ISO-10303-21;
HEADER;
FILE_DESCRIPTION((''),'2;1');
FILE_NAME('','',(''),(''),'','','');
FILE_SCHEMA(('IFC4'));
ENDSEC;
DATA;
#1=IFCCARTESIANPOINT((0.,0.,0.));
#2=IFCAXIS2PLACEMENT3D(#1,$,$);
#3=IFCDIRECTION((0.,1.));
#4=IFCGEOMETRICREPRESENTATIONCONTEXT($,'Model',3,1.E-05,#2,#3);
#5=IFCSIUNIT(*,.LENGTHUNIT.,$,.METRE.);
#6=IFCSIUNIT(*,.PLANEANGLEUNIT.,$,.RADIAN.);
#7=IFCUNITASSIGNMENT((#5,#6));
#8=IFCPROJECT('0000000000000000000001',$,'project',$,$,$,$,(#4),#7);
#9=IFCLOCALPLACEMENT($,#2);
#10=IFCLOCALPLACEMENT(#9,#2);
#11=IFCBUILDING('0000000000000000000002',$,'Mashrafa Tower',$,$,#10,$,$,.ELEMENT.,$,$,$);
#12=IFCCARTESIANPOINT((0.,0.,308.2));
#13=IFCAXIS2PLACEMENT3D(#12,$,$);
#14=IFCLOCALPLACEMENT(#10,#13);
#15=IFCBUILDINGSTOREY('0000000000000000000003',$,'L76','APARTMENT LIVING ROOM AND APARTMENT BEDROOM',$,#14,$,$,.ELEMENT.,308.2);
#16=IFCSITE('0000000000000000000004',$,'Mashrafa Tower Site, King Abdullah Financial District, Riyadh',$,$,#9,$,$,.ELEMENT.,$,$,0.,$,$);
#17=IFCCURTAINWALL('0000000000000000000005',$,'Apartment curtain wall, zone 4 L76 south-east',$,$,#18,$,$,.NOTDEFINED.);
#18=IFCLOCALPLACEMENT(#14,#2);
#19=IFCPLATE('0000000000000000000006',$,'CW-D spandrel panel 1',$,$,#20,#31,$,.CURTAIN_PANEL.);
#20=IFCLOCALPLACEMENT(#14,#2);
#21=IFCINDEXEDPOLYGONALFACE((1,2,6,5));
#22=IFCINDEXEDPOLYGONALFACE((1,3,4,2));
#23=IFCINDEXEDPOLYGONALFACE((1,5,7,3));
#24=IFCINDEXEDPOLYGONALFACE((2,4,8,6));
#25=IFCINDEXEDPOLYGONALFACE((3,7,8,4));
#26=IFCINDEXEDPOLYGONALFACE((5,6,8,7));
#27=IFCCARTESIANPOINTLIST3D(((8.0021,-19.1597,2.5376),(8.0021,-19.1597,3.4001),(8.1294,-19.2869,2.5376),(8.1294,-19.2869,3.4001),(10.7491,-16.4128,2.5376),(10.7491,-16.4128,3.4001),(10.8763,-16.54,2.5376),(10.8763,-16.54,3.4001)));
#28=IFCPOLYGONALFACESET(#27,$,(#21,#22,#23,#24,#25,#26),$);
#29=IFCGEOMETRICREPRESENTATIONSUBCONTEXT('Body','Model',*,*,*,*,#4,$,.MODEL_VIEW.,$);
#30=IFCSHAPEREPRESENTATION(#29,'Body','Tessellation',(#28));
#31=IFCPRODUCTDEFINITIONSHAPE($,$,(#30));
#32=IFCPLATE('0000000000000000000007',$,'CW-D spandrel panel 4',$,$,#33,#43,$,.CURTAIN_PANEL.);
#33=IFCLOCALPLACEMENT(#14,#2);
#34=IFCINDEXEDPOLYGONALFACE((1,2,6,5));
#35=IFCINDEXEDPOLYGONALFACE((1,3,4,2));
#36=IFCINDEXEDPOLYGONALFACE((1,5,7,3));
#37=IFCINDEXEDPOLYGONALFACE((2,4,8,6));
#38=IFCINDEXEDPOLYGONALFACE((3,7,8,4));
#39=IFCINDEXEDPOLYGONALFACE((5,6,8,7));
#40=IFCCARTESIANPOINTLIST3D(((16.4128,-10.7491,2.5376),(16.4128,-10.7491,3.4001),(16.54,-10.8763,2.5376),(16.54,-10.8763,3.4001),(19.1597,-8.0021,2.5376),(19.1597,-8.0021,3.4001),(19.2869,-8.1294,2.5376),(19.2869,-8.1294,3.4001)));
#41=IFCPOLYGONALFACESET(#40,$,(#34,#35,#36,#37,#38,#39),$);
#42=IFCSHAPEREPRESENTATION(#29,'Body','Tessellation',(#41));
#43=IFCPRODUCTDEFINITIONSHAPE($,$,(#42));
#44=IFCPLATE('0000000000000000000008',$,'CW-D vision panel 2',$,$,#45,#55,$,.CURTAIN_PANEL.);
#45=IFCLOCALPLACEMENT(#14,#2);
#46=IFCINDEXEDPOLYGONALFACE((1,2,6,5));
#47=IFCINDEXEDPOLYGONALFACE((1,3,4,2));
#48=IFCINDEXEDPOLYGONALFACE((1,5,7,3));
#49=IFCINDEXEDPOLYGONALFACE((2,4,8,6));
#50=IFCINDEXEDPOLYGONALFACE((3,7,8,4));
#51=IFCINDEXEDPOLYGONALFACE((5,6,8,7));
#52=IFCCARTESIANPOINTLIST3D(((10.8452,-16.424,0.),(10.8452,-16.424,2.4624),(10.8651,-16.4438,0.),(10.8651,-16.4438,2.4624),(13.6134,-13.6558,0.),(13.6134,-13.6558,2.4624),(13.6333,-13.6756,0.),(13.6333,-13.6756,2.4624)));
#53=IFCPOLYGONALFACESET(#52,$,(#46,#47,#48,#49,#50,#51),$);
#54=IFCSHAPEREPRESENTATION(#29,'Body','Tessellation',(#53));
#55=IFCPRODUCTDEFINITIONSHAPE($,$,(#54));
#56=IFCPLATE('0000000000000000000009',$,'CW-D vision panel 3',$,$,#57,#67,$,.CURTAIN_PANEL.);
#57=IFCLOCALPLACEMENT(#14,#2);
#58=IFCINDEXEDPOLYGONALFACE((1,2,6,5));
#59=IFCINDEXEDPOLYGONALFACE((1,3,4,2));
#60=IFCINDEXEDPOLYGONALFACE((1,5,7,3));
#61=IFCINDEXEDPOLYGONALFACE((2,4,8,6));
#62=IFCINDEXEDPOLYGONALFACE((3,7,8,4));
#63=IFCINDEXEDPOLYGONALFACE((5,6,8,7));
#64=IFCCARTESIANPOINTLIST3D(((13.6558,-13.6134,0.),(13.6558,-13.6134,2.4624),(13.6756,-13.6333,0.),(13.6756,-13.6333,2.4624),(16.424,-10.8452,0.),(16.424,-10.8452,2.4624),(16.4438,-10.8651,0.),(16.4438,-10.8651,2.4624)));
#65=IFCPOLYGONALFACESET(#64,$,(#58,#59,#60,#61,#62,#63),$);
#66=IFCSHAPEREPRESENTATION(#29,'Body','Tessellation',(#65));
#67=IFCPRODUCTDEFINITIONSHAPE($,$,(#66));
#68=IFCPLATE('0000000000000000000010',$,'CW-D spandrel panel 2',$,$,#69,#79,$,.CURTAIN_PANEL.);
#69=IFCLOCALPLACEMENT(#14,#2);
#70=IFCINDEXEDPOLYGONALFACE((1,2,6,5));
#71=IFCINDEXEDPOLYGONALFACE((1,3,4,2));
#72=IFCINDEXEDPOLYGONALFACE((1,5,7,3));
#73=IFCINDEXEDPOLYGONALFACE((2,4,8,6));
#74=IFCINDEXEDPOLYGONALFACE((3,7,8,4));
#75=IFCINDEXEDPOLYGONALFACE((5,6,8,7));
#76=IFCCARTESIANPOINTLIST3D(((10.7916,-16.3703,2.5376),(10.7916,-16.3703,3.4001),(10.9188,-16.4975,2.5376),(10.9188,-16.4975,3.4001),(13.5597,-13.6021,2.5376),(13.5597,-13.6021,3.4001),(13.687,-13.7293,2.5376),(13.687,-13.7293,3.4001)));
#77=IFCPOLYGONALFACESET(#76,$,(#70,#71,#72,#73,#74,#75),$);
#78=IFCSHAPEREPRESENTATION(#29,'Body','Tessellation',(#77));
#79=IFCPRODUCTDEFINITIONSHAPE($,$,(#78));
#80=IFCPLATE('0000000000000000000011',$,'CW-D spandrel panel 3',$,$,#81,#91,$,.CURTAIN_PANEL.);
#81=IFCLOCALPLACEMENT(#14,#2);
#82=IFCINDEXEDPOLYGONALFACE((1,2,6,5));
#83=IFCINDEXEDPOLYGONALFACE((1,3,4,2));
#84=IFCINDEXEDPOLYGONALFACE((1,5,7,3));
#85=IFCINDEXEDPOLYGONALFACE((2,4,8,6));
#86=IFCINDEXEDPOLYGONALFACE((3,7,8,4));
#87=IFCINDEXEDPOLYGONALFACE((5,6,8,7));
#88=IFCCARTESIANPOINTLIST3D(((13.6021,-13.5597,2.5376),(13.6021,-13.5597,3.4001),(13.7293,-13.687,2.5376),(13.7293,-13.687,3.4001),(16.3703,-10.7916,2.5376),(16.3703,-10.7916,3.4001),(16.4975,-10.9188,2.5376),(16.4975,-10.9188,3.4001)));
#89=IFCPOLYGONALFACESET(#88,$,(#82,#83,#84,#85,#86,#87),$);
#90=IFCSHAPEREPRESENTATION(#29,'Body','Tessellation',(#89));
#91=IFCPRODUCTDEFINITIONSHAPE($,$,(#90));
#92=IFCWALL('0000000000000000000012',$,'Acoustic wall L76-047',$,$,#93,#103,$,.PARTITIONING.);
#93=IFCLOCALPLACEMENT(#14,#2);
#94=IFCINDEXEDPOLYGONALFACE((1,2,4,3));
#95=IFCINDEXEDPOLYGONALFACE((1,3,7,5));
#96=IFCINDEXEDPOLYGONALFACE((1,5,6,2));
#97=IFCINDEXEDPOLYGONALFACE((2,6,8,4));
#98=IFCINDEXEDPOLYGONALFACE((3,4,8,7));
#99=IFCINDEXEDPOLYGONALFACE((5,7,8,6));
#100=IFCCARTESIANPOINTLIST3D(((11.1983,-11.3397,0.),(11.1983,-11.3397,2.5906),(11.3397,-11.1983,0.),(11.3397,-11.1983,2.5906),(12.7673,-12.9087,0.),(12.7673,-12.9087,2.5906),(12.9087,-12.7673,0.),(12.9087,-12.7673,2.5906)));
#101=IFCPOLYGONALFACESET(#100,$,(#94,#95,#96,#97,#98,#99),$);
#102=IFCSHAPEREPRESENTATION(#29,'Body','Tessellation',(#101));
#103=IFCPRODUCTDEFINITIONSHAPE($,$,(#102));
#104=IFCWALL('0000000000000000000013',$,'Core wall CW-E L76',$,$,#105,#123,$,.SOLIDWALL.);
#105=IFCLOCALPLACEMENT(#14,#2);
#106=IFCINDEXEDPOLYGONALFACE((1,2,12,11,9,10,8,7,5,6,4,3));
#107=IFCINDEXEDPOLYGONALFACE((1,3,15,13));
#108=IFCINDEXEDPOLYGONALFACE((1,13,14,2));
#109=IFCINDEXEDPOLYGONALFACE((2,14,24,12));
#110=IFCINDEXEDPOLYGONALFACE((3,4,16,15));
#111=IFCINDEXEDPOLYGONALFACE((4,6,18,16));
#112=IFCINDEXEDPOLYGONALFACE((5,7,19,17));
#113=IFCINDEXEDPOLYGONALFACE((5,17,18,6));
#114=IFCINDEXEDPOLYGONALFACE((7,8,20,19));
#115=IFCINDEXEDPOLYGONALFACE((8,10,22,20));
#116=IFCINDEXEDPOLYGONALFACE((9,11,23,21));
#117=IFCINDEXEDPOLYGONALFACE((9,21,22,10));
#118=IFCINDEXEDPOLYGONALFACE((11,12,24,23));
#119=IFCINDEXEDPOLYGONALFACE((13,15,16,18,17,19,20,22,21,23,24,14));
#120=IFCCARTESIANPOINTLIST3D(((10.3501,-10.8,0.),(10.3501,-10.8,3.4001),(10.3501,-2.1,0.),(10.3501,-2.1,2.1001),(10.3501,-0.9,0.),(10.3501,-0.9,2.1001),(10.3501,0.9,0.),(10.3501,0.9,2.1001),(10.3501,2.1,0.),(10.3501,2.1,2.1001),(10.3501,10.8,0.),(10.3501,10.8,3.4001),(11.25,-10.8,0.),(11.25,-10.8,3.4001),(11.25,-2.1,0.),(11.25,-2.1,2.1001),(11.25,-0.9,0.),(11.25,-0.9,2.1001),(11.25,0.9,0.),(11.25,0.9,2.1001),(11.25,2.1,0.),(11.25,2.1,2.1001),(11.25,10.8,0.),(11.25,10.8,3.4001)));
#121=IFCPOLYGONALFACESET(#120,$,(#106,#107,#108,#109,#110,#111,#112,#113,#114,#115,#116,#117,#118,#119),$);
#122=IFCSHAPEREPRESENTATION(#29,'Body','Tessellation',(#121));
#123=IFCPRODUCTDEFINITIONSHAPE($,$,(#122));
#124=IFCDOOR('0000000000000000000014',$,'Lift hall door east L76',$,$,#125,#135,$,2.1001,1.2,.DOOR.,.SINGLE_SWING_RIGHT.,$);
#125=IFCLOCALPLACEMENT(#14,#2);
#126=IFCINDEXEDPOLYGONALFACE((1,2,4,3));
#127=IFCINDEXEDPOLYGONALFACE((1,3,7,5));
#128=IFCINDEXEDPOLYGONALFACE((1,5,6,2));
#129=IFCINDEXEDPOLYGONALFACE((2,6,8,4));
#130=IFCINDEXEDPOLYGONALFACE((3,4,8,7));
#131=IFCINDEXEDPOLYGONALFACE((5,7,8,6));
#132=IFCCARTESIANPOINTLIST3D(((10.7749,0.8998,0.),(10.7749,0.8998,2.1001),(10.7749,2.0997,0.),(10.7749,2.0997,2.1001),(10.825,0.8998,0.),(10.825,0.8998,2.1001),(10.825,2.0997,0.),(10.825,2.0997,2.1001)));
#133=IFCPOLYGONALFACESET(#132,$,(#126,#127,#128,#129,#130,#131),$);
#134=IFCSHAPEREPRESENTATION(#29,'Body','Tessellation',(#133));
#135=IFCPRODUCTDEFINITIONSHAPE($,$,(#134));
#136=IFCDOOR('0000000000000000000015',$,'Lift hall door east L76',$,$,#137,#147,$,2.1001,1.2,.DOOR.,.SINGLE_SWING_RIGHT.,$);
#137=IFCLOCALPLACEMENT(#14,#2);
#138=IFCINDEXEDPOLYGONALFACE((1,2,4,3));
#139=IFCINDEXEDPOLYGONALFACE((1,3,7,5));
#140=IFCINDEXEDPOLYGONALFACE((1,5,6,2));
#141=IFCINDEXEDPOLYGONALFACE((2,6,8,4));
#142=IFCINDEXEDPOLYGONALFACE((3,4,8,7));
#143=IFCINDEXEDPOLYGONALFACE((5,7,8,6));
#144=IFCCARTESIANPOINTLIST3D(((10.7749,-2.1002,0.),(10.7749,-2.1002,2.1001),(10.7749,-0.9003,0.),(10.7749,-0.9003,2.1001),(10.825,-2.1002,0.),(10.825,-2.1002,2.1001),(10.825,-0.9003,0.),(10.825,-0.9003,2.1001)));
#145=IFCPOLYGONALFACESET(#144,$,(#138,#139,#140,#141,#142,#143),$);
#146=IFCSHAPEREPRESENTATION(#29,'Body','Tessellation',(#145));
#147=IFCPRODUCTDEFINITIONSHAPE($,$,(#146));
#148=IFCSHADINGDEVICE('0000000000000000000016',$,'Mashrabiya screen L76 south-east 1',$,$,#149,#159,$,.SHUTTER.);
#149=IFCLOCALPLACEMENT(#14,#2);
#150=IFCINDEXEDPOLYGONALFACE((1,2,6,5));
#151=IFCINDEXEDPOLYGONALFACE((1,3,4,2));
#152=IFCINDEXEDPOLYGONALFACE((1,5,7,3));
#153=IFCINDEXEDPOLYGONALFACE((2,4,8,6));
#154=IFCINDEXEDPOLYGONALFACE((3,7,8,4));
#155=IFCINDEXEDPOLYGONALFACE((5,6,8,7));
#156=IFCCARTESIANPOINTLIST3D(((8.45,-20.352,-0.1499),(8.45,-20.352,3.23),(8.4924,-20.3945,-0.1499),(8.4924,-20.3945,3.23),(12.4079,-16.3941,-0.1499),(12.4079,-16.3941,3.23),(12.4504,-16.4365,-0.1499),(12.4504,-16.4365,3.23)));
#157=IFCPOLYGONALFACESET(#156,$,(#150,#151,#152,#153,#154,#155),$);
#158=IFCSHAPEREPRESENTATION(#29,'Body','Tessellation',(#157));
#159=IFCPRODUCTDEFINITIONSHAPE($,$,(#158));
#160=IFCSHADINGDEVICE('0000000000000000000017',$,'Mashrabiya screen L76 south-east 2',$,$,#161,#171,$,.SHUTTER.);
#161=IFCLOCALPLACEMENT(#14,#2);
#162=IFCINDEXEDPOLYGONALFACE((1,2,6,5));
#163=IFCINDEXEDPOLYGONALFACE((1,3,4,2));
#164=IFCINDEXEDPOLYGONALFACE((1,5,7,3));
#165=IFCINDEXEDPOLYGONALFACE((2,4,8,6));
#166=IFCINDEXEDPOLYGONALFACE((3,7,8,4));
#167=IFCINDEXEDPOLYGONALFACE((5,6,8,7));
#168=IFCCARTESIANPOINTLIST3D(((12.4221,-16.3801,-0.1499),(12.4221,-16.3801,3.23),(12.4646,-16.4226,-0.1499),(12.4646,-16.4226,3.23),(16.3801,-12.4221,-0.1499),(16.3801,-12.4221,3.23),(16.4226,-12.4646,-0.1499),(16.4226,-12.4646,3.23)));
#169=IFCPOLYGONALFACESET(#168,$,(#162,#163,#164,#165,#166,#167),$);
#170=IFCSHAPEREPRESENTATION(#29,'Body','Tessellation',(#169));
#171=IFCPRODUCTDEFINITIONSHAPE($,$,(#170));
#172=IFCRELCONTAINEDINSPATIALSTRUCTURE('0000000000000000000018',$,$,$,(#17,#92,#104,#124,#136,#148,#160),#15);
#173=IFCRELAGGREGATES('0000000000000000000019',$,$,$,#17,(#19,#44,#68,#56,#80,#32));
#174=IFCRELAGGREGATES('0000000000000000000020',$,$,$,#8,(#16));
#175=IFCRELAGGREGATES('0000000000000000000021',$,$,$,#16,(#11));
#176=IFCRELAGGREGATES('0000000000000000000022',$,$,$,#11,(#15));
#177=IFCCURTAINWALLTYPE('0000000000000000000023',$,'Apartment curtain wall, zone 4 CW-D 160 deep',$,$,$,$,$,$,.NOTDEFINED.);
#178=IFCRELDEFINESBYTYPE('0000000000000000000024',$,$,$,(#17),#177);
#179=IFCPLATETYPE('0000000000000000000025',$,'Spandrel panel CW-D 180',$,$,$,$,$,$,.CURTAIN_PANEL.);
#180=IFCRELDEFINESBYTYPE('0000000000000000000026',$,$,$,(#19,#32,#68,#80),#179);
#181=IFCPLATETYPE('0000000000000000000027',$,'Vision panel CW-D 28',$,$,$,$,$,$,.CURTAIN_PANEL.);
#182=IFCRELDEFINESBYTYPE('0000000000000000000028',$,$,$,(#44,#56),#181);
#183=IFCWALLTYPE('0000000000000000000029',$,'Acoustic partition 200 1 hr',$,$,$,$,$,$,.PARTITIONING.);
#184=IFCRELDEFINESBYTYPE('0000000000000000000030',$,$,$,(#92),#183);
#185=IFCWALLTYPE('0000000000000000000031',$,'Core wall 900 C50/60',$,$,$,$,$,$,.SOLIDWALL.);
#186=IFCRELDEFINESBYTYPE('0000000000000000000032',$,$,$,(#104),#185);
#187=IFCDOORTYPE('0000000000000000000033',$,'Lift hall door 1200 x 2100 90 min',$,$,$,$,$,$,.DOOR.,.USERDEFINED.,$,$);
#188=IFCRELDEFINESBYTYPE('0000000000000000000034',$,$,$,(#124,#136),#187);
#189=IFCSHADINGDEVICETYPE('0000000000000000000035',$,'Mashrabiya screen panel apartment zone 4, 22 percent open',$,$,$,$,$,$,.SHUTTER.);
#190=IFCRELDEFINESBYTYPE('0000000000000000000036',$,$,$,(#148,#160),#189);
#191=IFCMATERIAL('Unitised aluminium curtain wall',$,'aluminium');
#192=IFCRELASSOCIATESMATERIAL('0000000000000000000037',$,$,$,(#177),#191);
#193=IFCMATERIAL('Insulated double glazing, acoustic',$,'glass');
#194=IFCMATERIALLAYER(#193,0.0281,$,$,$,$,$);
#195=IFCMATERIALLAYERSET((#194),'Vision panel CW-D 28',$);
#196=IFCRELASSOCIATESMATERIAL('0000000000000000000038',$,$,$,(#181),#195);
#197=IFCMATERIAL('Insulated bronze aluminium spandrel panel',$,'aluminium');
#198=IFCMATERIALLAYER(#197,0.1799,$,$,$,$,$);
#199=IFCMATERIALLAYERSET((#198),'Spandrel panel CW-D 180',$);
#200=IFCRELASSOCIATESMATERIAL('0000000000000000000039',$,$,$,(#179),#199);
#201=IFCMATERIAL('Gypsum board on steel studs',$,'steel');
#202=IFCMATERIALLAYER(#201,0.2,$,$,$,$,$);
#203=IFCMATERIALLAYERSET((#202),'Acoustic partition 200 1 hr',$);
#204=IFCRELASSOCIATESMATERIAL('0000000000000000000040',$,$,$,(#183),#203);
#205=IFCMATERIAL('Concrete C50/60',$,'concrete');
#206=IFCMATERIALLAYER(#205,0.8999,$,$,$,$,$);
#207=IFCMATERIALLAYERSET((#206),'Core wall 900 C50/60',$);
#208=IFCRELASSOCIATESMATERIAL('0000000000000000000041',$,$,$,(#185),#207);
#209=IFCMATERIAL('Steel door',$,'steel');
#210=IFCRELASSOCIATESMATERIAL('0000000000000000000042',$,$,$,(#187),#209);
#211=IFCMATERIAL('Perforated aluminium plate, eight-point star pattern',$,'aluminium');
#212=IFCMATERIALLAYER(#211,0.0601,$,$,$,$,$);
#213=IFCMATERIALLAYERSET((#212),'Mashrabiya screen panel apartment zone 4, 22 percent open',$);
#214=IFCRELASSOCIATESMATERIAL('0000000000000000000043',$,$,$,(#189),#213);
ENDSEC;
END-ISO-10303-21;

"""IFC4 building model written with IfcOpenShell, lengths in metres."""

from ifc_helpers import new_model, si_unit, direction, frame, frame_2d, origin, origin_2d, place, context, subcontext, project, spatial, rectangle, extrude, source, transform, mapped, material, layer, layer_set, type_object, type_shapes, element, fill, aggregate, save


model = new_model("IFC4")

# Units and contexts
model_context = context("Model", 3, precision=1e-05, world=origin(), true_north=direction((0.0, 1.0)))
body_context = subcontext(model_context, "Body", "Model", "MODEL_VIEW")
ifc_project = project(units=[si_unit("LENGTHUNIT", "METRE"), si_unit("PLANEANGLEUNIT", "RADIAN")], contexts=[model_context])

# Site, building, storey
site_placement = place(None, origin())
site = spatial("IfcSite", under=ifc_project, at=site_placement, Name="Mashrafa Tower Site, King Abdullah Financial District, Riyadh", CompositionType="ELEMENT", RefElevation=0.0)
building_placement = place(site_placement, origin())
building = spatial("IfcBuilding", under=site, at=building_placement, Name="Mashrafa Tower", CompositionType="ELEMENT")
storey_placement = place(building_placement, frame((0.0, 0.0, 308.2)))
storey = spatial("IfcBuildingStorey", under=building, at=storey_placement, Name="L76", Description="APARTMENT LIVING ROOM AND APARTMENT BEDROOM", CompositionType="ELEMENT", Elevation=308.2)

# Curtain wall, plates
ifc_material_1 = material(Name="Unitised aluminium curtain wall", Category="aluminium")
curtain_wall_type = type_object("IfcCurtainWallType", Name="Apartment curtain wall, zone 4 CW-D 160 deep", PredefinedType="NOTDEFINED", material=ifc_material_1)
curtain_wall_placement = place(storey_placement, origin())
curtain_wall = element("IfcCurtainWall", 1, at=curtain_wall_placement, inside=storey, type_object=curtain_wall_type, Name="Apartment curtain wall, zone 4 L76 south-east", PredefinedType="NOTDEFINED")
ifc_material_2 = material(Name="Insulated double glazing, acoustic", Category="glass")
ifc_layer_1 = layer(ifc_material_2, 0.0281)
ifc_layer_set_1 = layer_set([ifc_layer_1], Name="Vision panel CW-D 28")
plate_type_1 = type_object("IfcPlateType", Name="Vision panel CW-D 28", PredefinedType="CURTAIN_PANEL", material=ifc_layer_set_1)
ifc_material_3 = material(Name="Insulated bronze aluminium spandrel panel", Category="aluminium")
ifc_layer_2 = layer(ifc_material_3, 0.1799)
ifc_layer_set_2 = layer_set([ifc_layer_2], Name="Spandrel panel CW-D 180")
plate_type_2 = type_object("IfcPlateType", Name="Spandrel panel CW-D 180", PredefinedType="CURTAIN_PANEL", material=ifc_layer_set_2)
shared_shape_1 = source(origin(), body_context, "Body", "SweptSolid", [
    extrude(rectangle(XDim=3.8848, YDim=0.1799, at=origin_2d()), origin(), (0.0, 0.0, 1.0), 0.8625),
])
plate_1_placement = place(storey_placement, frame((9.4392, -17.8499, 2.5376), z_axis=(0.0, 0.0, 1.0), x_axis=(0.707107, 0.707107, 0.0)))
plate_1 = element("IfcPlate", 2, at=plate_1_placement, type_object=plate_type_2, Name="CW-D spandrel panel 1", PredefinedType="CURTAIN_PANEL", context=body_context, shape_type="MappedRepresentation", body=[
    mapped(shared_shape_1, transform((0.0, 0.0, 0.0))),
])
plate_2_placement = place(storey_placement, frame((17.8499, -9.4392, 2.5376), z_axis=(0.0, 0.0, 1.0), x_axis=(0.707107, 0.707107, 0.0)))
plate_2 = element("IfcPlate", 3, at=plate_2_placement, type_object=plate_type_2, Name="CW-D spandrel panel 4", PredefinedType="CURTAIN_PANEL", context=body_context, shape_type="MappedRepresentation", body=[
    mapped(shared_shape_1, transform((0.0, 0.0, 0.0))),
])
shared_shape_2 = source(origin(), body_context, "Body", "SweptSolid", [
    extrude(rectangle(XDim=3.9148, YDim=0.0281, at=origin_2d()), origin(), (0.0, 0.0, 1.0), 2.4624),
])
plate_3_placement = place(storey_placement, frame((12.2393, -15.0498, 0.0), z_axis=(0.0, 0.0, 1.0), x_axis=(0.707107, 0.707107, 0.0)))
plate_3 = element("IfcPlate", 4, at=plate_3_placement, type_object=plate_type_1, Name="CW-D vision panel 2", PredefinedType="CURTAIN_PANEL", context=body_context, shape_type="MappedRepresentation", body=[
    mapped(shared_shape_2, transform((0.0, 0.0, 0.0))),
])
plate_4_placement = place(storey_placement, frame((15.0498, -12.2393, 0.0), z_axis=(0.0, 0.0, 1.0), x_axis=(0.707107, 0.707107, 0.0)))
plate_4 = element("IfcPlate", 5, at=plate_4_placement, type_object=plate_type_1, Name="CW-D vision panel 3", PredefinedType="CURTAIN_PANEL", context=body_context, shape_type="MappedRepresentation", body=[
    mapped(shared_shape_2, transform((0.0, 0.0, 0.0))),
])
shared_shape_3 = source(origin(), body_context, "Body", "SweptSolid", [
    extrude(rectangle(XDim=3.9148, YDim=0.1799, at=origin_2d()), origin(), (0.0, 0.0, 1.0), 0.8625),
])
type_shapes(plate_type_2, [shared_shape_1, shared_shape_3])
plate_5_placement = place(storey_placement, frame((12.2393, -15.0498, 2.5376), z_axis=(0.0, 0.0, 1.0), x_axis=(0.707107, 0.707107, 0.0)))
plate_5 = element("IfcPlate", 6, at=plate_5_placement, type_object=plate_type_2, Name="CW-D spandrel panel 2", PredefinedType="CURTAIN_PANEL", context=body_context, shape_type="MappedRepresentation", body=[
    mapped(shared_shape_3, transform((0.0, 0.0, 0.0))),
])
plate_6_placement = place(storey_placement, frame((15.0498, -12.2393, 2.5376), z_axis=(0.0, 0.0, 1.0), x_axis=(0.707107, 0.707107, 0.0)))
plate_6 = element("IfcPlate", 7, at=plate_6_placement, type_object=plate_type_2, Name="CW-D spandrel panel 3", PredefinedType="CURTAIN_PANEL", context=body_context, shape_type="MappedRepresentation", body=[
    mapped(shared_shape_3, transform((0.0, 0.0, 0.0))),
])
aggregate(curtain_wall, [plate_1, plate_3, plate_5, plate_4, plate_6, plate_2])

# Wall
ifc_material_4 = material(Name="Gypsum board on steel studs", Category="steel")
ifc_layer_3 = layer(ifc_material_4, 0.2)
ifc_layer_set_3 = layer_set([ifc_layer_3], Name="Acoustic partition 200 1 hr")
wall_type_1 = type_object("IfcWallType", Name="Acoustic partition 200 1 hr", PredefinedType="PARTITIONING", material=ifc_layer_set_3)
wall_1_placement = place(storey_placement, frame((11.269, -11.269, 0.0), z_axis=(0.0, 0.0, 1.0), x_axis=(0.707107, -0.707107, 0.0)))
element("IfcWall", 8, at=wall_1_placement, inside=storey, type_object=wall_type_1, Name="Acoustic wall L76-047", PredefinedType="PARTITIONING", context=body_context, shape_type="SweptSolid", body=[
    extrude(rectangle(XDim=2.219, YDim=0.2, at=frame_2d((1.1094, 0.0))), origin(), (0.0, 0.0, 1.0), 2.5906),
])

# Wall, openings, doors
ifc_material_5 = material(Name="Concrete C50/60", Category="concrete")
ifc_layer_4 = layer(ifc_material_5, 0.8999)
ifc_layer_set_4 = layer_set([ifc_layer_4], Name="Core wall 900 C50/60")
wall_type_2 = type_object("IfcWallType", Name="Core wall 900 C50/60", PredefinedType="SOLIDWALL", material=ifc_layer_set_4)
wall_2_placement = place(storey_placement, frame((10.8, -10.8, 0.0), z_axis=(0.0, 0.0, 1.0), x_axis=(0.0, 1.0, 0.0)))
wall_2 = element("IfcWall", 9, at=wall_2_placement, inside=storey, type_object=wall_type_2, Name="Core wall CW-E L76", PredefinedType="SOLIDWALL", context=body_context, shape_type="SweptSolid", body=[
    extrude(rectangle(XDim=21.6001, YDim=0.8999, at=frame_2d((10.8, 0.0))), origin(), (0.0, 0.0, 1.0), 3.4001),
])
opening_1_placement = place(wall_2_placement, frame((11.7, 0.0, 0.0)))
opening_1 = element("IfcOpeningElement", 10, at=opening_1_placement, cuts=wall_2, PredefinedType="OPENING", context=body_context, shape_type="SweptSolid", body=[
    extrude(rectangle(XDim=1.2, YDim=2.1001, at=frame_2d((0.6001, 1.05))), frame((0.0, 0.46, 0.0), z_axis=(0.0, -1.0, 0.0), x_axis=(1.0, 0.0, 0.0)), (0.0, 0.0, 1.0), 0.9199),
])
opening_2_placement = place(wall_2_placement, frame((8.7, 0.0, 0.0)))
opening_2 = element("IfcOpeningElement", 11, at=opening_2_placement, cuts=wall_2, PredefinedType="OPENING", context=body_context, shape_type="SweptSolid", body=[
    extrude(rectangle(XDim=1.2, YDim=2.1001, at=frame_2d((0.6001, 1.05))), frame((0.0, 0.46, 0.0), z_axis=(0.0, -1.0, 0.0), x_axis=(1.0, 0.0, 0.0)), (0.0, 0.0, 1.0), 0.9199),
])
ifc_material_6 = material(Name="Steel door", Category="steel")
door_type = type_object("IfcDoorType", Name="Lift hall door 1200 x 2100 90 min", OperationType="USERDEFINED", PredefinedType="DOOR", material=ifc_material_6)
door_1_placement = place(opening_1_placement, frame((1.2, 0.0, 0.0), z_axis=(0.0, 0.0, 1.0), x_axis=(-1.0, 0.0, 0.0)))
door_1 = element("IfcDoor", 12, at=door_1_placement, inside=storey, type_object=door_type, Name="Lift hall door east L76", OperationType="SINGLE_SWING_RIGHT", OverallHeight=2.1001, OverallWidth=1.2, PredefinedType="DOOR", context=body_context, shape_type="SweptSolid", body=[
    extrude(rectangle(XDim=1.2, YDim=2.1001, at=frame_2d((0.6001, 1.05))), frame((0.0, 0.0249, 0.0), z_axis=(0.0, -1.0, 0.0), x_axis=(1.0, 0.0, 0.0)), (0.0, 0.0, 1.0), 0.05),
])
fill(opening_1, door_1)
door_2_placement = place(opening_2_placement, frame((1.2, 0.0, 0.0), z_axis=(0.0, 0.0, 1.0), x_axis=(-1.0, 0.0, 0.0)))
door_2 = element("IfcDoor", 13, at=door_2_placement, inside=storey, type_object=door_type, Name="Lift hall door east L76", OperationType="SINGLE_SWING_RIGHT", OverallHeight=2.1001, OverallWidth=1.2, PredefinedType="DOOR", context=body_context, shape_type="SweptSolid", body=[
    extrude(rectangle(XDim=1.2, YDim=2.1001, at=frame_2d((0.6001, 1.05))), frame((0.0, 0.0249, 0.0), z_axis=(0.0, -1.0, 0.0), x_axis=(1.0, 0.0, 0.0)), (0.0, 0.0, 1.0), 0.05),
])
fill(opening_2, door_2)

# Shading devices
ifc_material_7 = material(Name="Perforated aluminium plate, eight-point star pattern", Category="aluminium")
ifc_layer_5 = layer(ifc_material_7, 0.0601)
ifc_layer_set_5 = layer_set([ifc_layer_5], Name="Mashrabiya screen panel apartment zone 4, 22 percent open")
shading_device_type = type_object("IfcShadingDeviceType", Name="Mashrabiya screen panel apartment zone 4, 22 percent open", PredefinedType="SHUTTER", material=ifc_layer_set_5)
shared_shape_4 = source(origin(), body_context, "Body", "SweptSolid", [
    extrude(rectangle(XDim=5.5974, YDim=0.0601, at=origin_2d()), origin(), (0.0, 0.0, 1.0), 3.3799),
])
type_shapes(shading_device_type, [shared_shape_4])
for number, where, z_axis, x_axis, name in (
    (14, (10.4502, -18.3943, -0.1499), (0.0, 0.0, 1.0), (0.707107, 0.707107, 0.0), "Mashrabiya screen L76 south-east 1"),
    (15, (14.4224, -14.4224, -0.1499), (0.0, 0.0, 1.0), (0.707107, 0.707107, 0.0), "Mashrabiya screen L76 south-east 2"),
):
    element("IfcShadingDevice", number, at=place(storey_placement, frame(where, z_axis=z_axis, x_axis=x_axis)), inside=storey, type_object=shading_device_type, Name=name, PredefinedType="SHUTTER", context=body_context, shape_type="MappedRepresentation", body=[
        mapped(shared_shape_4, transform((0.0, 0.0, 0.0))),
    ])

save(model, "model.ifc")
